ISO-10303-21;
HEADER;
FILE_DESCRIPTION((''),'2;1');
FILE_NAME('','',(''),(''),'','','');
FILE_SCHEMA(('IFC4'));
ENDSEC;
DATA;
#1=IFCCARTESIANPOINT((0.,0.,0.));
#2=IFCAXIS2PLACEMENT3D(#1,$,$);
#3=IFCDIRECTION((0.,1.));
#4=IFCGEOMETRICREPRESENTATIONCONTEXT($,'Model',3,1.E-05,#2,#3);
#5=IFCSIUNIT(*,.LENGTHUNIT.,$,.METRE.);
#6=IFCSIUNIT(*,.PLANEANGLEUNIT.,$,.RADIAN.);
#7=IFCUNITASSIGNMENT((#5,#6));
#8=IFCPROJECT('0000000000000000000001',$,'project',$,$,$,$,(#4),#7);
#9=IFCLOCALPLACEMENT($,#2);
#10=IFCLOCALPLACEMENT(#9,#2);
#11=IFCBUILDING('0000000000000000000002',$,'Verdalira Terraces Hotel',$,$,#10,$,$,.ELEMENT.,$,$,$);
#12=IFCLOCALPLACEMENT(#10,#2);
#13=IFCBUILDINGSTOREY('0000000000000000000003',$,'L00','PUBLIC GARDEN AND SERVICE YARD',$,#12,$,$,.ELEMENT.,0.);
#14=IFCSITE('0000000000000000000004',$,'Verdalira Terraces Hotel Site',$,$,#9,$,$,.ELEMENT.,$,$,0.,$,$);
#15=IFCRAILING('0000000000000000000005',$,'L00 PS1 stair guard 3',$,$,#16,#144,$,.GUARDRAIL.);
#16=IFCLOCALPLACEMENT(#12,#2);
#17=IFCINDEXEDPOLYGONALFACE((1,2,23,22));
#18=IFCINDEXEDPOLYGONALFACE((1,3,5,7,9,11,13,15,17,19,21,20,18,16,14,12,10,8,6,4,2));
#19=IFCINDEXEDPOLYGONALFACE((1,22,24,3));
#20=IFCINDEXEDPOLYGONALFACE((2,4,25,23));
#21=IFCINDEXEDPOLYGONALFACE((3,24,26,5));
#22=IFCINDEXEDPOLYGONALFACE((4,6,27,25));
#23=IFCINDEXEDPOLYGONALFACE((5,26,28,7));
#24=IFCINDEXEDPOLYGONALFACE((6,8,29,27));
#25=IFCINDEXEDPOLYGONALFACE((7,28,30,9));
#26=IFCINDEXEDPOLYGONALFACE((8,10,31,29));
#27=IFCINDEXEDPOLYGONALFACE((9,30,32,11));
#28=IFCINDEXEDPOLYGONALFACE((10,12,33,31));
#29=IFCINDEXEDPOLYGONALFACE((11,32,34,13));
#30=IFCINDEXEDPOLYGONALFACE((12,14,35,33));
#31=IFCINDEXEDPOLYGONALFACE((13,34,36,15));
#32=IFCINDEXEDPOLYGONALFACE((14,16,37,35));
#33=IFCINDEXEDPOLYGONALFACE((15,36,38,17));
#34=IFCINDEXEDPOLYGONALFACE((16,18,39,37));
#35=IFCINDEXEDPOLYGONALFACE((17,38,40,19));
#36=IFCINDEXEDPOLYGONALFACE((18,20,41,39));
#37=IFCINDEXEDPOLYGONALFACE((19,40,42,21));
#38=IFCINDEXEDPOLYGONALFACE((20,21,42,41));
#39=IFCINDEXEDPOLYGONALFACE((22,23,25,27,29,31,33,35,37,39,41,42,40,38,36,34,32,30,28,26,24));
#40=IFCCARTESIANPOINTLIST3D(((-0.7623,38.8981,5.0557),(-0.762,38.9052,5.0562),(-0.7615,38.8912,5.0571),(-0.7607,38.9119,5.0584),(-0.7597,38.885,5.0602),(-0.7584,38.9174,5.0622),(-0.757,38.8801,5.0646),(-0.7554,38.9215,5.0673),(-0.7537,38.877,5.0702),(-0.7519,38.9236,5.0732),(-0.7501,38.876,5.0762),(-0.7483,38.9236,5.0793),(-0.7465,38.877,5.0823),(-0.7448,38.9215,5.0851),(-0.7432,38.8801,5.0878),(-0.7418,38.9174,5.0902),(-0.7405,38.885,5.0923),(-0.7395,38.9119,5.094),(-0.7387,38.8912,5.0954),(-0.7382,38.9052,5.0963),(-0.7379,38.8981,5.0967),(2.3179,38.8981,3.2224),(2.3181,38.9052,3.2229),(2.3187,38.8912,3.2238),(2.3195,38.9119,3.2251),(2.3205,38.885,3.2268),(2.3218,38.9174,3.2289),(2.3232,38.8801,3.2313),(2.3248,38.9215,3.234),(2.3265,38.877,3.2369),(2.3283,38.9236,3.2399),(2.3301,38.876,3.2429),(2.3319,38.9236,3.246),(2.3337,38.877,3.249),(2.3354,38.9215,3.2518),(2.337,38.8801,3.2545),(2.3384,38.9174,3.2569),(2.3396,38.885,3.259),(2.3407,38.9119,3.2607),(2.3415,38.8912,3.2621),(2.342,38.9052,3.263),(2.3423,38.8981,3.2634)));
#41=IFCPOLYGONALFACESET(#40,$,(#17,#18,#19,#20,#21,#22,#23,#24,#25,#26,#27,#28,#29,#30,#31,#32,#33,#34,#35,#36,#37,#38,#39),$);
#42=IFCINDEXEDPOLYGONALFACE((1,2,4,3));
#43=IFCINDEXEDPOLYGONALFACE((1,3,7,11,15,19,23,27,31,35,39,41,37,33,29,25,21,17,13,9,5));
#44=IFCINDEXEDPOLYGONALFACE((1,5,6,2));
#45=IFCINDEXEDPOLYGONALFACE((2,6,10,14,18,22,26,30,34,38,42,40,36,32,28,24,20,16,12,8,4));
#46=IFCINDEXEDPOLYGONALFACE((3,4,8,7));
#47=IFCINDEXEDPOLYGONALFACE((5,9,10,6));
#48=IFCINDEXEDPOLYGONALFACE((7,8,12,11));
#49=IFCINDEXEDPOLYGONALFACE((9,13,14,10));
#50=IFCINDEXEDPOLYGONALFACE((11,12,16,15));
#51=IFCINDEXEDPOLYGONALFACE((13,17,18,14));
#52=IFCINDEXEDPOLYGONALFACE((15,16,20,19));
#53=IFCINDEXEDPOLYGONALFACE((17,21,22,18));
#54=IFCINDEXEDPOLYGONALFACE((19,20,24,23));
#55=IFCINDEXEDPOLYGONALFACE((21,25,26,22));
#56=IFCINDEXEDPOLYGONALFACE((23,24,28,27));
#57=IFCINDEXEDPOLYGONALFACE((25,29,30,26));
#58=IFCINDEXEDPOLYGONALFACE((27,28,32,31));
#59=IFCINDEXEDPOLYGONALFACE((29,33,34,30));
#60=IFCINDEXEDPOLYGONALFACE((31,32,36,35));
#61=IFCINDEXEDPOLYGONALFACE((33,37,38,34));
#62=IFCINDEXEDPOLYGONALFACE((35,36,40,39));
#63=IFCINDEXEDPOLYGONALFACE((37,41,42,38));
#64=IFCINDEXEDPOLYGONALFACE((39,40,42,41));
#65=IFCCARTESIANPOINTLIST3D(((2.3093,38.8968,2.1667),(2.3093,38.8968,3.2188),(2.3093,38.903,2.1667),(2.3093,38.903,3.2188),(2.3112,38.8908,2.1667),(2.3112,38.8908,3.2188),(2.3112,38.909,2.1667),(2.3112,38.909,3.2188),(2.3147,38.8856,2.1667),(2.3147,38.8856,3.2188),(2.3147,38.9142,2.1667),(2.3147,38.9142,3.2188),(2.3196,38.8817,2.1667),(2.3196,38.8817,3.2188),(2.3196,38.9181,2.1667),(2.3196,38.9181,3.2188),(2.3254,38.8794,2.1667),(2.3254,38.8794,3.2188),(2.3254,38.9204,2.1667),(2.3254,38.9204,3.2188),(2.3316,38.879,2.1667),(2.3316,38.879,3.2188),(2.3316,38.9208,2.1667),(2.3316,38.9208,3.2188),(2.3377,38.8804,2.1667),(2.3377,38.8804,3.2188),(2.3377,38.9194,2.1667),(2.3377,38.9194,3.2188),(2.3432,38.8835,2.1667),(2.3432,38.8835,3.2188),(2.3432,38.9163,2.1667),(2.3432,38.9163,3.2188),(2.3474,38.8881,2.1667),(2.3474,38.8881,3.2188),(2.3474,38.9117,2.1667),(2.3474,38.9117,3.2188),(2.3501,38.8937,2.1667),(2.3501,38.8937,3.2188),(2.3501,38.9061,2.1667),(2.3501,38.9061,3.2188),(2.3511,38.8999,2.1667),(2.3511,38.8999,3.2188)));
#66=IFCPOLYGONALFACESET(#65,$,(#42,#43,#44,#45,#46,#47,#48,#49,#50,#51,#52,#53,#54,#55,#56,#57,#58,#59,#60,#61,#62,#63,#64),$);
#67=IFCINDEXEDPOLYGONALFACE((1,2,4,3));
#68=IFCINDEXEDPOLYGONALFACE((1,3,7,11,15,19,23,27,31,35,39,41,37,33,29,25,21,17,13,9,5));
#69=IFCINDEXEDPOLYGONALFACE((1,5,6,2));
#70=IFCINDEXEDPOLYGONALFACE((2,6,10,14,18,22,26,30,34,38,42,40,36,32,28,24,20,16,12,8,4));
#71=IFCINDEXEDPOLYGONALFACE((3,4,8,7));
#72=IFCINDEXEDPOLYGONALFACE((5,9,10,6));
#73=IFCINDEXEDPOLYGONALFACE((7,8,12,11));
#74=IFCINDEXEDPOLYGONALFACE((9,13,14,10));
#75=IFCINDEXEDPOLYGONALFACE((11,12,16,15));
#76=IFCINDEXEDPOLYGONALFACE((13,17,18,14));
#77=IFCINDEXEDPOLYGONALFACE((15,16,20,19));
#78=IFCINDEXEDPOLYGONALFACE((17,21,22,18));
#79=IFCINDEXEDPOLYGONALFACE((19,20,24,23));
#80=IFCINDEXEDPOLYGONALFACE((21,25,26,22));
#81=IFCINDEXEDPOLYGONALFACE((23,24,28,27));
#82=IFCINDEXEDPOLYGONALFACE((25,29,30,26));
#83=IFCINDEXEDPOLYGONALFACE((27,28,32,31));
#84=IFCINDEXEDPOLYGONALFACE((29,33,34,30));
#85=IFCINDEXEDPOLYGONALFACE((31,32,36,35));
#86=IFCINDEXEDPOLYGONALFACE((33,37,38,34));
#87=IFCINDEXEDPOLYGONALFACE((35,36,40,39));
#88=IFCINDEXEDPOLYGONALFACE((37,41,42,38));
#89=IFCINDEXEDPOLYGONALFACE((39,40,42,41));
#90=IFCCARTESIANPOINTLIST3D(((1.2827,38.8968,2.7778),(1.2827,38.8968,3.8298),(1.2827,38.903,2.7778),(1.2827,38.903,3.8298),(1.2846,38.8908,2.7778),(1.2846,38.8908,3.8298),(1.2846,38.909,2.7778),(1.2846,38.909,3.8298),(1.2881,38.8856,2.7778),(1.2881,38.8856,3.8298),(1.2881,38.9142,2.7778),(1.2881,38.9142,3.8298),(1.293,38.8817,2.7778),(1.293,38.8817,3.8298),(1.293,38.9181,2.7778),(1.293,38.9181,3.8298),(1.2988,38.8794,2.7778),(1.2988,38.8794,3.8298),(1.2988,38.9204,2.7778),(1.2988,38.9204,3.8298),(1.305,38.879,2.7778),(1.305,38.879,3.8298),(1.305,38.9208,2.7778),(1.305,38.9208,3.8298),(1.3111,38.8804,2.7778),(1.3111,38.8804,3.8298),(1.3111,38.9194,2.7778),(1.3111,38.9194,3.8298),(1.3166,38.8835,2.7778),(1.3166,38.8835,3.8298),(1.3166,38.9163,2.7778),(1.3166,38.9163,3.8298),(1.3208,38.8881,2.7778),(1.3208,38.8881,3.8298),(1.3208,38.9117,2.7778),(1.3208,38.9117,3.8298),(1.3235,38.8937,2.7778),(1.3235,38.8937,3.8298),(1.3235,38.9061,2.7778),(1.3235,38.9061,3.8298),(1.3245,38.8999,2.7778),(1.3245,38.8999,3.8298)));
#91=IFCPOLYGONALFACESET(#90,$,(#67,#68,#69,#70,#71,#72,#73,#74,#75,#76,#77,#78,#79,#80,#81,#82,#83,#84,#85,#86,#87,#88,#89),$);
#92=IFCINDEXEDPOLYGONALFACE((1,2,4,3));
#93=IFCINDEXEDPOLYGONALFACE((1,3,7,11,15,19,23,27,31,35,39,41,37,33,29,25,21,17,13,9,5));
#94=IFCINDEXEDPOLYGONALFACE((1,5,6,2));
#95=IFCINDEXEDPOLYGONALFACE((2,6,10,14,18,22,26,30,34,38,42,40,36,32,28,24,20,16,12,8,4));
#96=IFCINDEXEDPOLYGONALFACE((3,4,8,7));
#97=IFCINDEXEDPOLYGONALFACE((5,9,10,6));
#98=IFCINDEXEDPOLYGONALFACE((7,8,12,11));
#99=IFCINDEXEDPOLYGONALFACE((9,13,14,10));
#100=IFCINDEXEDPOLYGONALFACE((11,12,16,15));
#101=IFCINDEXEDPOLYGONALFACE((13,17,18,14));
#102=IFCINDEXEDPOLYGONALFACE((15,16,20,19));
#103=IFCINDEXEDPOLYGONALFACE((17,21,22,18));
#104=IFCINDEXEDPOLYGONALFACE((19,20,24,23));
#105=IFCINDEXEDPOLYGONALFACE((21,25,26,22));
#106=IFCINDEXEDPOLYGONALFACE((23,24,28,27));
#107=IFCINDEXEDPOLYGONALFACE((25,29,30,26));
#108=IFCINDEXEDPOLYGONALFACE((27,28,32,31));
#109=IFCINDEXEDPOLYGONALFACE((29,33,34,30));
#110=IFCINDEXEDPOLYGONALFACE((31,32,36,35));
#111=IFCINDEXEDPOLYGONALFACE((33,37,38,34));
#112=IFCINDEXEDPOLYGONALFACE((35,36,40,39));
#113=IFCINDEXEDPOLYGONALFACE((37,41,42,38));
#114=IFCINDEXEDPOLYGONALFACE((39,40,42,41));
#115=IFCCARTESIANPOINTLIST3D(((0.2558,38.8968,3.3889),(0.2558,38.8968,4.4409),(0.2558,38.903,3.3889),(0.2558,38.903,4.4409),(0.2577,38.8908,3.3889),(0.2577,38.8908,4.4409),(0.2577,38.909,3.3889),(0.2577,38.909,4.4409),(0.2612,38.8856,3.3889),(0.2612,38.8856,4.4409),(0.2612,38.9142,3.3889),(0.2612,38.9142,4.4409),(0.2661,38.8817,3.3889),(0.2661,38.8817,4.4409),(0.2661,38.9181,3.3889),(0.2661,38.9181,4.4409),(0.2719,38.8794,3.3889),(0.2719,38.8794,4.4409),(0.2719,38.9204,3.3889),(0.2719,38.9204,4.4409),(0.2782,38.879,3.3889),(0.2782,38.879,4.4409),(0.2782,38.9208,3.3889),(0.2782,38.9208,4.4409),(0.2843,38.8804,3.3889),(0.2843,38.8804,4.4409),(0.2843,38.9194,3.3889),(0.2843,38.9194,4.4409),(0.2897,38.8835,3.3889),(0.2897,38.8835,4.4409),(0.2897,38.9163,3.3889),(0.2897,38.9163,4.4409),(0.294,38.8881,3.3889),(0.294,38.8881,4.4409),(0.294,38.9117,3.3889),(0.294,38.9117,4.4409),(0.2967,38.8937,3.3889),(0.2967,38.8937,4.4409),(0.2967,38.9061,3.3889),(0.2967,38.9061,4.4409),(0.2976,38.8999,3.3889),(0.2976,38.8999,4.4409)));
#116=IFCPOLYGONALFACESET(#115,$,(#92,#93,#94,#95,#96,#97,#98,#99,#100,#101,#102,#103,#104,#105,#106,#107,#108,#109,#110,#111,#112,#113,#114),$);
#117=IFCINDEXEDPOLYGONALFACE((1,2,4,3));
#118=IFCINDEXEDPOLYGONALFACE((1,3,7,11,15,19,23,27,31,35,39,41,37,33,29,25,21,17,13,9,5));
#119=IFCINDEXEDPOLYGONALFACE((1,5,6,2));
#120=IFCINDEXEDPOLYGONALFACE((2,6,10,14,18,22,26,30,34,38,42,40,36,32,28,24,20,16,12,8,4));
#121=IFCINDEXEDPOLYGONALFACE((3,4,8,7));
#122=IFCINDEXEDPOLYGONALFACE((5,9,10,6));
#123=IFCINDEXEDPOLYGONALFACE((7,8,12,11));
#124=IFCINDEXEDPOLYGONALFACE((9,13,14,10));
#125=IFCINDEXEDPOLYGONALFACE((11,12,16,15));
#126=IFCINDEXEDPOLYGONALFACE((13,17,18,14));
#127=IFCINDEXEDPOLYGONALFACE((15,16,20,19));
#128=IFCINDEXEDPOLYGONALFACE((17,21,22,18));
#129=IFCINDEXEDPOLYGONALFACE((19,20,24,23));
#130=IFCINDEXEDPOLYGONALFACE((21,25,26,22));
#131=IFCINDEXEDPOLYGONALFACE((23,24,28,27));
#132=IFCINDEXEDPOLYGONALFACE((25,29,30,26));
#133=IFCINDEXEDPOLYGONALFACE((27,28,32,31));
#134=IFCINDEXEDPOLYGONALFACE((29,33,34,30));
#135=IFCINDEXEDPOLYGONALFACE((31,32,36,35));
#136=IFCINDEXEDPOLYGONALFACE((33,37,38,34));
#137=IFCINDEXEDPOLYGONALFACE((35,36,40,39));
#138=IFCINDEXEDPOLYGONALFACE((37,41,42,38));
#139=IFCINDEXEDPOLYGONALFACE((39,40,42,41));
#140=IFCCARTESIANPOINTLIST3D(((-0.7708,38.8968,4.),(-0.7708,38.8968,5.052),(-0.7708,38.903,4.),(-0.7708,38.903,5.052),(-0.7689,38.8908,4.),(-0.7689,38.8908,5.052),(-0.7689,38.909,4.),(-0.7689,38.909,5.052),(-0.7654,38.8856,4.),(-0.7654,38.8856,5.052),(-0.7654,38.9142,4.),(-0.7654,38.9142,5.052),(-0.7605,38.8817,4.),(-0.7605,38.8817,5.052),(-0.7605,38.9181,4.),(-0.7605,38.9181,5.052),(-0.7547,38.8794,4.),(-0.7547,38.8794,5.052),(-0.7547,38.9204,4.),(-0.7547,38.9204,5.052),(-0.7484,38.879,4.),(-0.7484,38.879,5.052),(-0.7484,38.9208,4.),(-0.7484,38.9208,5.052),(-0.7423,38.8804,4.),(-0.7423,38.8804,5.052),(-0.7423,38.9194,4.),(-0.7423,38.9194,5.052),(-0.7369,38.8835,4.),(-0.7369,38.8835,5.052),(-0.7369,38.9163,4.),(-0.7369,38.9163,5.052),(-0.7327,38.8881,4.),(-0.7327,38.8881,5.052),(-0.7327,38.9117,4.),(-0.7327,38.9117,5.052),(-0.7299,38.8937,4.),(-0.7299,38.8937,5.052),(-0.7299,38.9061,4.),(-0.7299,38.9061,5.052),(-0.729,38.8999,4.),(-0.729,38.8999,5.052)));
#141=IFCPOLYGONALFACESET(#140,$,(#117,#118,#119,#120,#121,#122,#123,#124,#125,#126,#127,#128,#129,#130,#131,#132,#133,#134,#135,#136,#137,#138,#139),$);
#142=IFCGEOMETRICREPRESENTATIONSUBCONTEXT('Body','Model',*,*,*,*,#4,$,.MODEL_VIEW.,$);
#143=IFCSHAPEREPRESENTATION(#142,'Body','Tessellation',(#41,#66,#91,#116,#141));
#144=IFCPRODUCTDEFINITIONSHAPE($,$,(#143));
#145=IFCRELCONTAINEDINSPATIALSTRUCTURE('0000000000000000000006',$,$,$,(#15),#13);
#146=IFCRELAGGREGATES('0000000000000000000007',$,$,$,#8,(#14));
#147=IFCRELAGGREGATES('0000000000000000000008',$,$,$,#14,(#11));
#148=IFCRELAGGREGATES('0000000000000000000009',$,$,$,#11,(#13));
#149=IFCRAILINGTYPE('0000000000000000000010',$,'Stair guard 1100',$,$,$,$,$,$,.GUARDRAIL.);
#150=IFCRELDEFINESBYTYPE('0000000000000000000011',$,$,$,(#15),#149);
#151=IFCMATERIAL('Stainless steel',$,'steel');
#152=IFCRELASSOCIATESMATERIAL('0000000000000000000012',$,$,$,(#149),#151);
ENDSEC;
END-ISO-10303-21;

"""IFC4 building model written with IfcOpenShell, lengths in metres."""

from ifc_helpers import new_model, si_unit, direction, frame, origin, origin_2d, place, context, subcontext, project, spatial, circle, extrude, material, type_object, element, save


model = new_model("IFC4")

# Units and contexts
model_context = context("Model", 3, precision=1e-05, world=origin(), true_north=direction((0.0, 1.0)))
body_context = subcontext(model_context, "Body", "Model", "MODEL_VIEW")
ifc_project = project(units=[si_unit("LENGTHUNIT", "METRE"), si_unit("PLANEANGLEUNIT", "RADIAN")], contexts=[model_context])

# Site, building, storey
site_placement = place(None, origin())
site = spatial("IfcSite", under=ifc_project, at=site_placement, Name="Verdalira Terraces Hotel Site", CompositionType="ELEMENT", RefElevation=0.0)
building_placement = place(site_placement, origin())
building = spatial("IfcBuilding", under=site, at=building_placement, Name="Verdalira Terraces Hotel", CompositionType="ELEMENT")
storey_placement = place(building_placement, origin())
storey = spatial("IfcBuildingStorey", under=building, at=storey_placement, Name="L00", Description="PUBLIC GARDEN AND SERVICE YARD", CompositionType="ELEMENT", Elevation=0.0)

# Railing
ifc_material_1 = material(Name="Stainless steel", Category="steel")
railing_type_1 = type_object("IfcRailingType", Name="Stair guard 1100", PredefinedType="GUARDRAIL", material=ifc_material_1)
railing_1_placement = place(storey_placement, frame((2.3301, 38.8999, 2.1667)))
element("IfcRailing", 1, at=railing_1_placement, inside=storey, type_object=railing_type_1, Name="L00 PS1 stair guard 3", PredefinedType="GUARDRAIL", context=body_context, shape_type="SweptSolid", body=[
    extrude(circle(Radius=0.0239, at=origin_2d()), frame((0.0, 0.0, 1.0762), z_axis=(-0.859309, 0.0, 0.511458), x_axis=(0.0, -1.0, 0.0)), (0.0, 0.0, 1.0), 3.5845),
    extrude(circle(Radius=0.021, at=origin_2d()), origin(), (0.0, 0.0, 1.0), 1.052),
    extrude(circle(Radius=0.021, at=origin_2d()), frame((-1.0266, 0.0, 0.6111)), (0.0, 0.0, 1.0), 1.052),
    extrude(circle(Radius=0.021, at=origin_2d()), frame((-2.0535, 0.0, 1.2222)), (0.0, 0.0, 1.0), 1.052),
    extrude(circle(Radius=0.021, at=origin_2d()), frame((-3.0801, 0.0, 1.8333)), (0.0, 0.0, 1.0), 1.052),
])

save(model, "model.ifc")
